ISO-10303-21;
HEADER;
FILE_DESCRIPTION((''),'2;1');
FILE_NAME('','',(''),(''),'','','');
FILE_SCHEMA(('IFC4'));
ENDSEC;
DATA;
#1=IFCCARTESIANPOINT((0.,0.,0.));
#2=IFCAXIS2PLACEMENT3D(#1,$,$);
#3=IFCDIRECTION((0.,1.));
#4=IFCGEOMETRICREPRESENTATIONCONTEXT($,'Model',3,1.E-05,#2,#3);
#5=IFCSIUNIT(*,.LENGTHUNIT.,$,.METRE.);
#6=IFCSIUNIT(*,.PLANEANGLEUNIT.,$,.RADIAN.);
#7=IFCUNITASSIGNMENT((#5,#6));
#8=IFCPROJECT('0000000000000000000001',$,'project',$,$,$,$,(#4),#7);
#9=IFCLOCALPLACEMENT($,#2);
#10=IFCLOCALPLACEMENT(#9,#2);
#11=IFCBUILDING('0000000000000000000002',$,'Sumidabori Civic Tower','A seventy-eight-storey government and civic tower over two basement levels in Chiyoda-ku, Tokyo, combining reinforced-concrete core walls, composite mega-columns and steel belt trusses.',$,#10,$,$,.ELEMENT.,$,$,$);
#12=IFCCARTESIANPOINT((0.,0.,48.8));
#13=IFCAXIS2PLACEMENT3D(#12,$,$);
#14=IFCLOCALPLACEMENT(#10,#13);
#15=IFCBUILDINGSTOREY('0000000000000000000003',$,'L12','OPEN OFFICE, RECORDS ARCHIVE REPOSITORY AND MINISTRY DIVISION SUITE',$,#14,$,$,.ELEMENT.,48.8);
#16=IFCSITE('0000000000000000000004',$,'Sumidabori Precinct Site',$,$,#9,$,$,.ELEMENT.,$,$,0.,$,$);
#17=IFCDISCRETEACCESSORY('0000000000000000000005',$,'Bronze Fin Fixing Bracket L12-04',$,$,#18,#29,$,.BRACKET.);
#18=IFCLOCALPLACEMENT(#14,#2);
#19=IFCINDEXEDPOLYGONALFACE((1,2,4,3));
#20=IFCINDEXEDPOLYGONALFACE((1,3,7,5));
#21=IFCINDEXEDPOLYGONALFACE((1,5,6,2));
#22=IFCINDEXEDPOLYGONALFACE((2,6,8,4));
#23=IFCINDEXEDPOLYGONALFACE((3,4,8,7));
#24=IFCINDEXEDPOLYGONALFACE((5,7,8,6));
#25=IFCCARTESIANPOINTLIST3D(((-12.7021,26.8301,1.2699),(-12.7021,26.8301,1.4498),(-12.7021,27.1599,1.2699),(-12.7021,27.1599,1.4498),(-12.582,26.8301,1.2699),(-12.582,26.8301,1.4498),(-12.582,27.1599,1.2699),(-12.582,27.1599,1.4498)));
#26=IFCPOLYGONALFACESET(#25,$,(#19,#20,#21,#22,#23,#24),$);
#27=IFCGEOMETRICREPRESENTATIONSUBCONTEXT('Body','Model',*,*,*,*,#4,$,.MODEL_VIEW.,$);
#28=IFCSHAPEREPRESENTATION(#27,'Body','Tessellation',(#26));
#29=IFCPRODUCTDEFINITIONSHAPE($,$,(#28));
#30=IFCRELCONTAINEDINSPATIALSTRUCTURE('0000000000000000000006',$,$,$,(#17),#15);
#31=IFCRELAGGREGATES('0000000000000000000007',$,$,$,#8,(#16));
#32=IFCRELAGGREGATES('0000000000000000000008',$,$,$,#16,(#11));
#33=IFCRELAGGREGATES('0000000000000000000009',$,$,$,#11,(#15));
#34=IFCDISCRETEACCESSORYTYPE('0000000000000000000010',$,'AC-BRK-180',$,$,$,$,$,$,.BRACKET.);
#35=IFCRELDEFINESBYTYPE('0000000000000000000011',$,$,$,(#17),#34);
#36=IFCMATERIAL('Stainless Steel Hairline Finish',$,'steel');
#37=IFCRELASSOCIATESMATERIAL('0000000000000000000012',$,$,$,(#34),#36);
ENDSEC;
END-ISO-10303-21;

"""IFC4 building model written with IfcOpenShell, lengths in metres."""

from ifc_helpers import new_model, si_unit, direction, frame, origin, origin_2d, place, context, subcontext, project, spatial, rectangle, extrude, source, transform, mapped, material, material_profile, profile_set, type_object, element, save


model = new_model("IFC4")

# Units and contexts
model_context = context("Model", 3, precision=1e-05, world=origin(), true_north=direction((0.0, 1.0)))
body_context = subcontext(model_context, "Body", "Model", "MODEL_VIEW")
ifc_project = project(units=[si_unit("LENGTHUNIT", "METRE"), si_unit("PLANEANGLEUNIT", "RADIAN")], contexts=[model_context])

# Site, building, storey
site_placement = place(None, origin())
site = spatial("IfcSite", under=ifc_project, at=site_placement, Name="Sumidabori Precinct Site", CompositionType="ELEMENT", RefElevation=0.0)
building_placement = place(site_placement, origin())
building = spatial("IfcBuilding", under=site, at=building_placement, Name="Sumidabori Civic Tower", Description="A seventy-eight-storey government and civic tower over two basement levels in Chiyoda-ku, Tokyo, combining reinforced-concrete core walls, composite mega-columns and steel belt trusses.", CompositionType="ELEMENT")
storey_placement = place(building_placement, frame((0.0, 0.0, 48.8)))
storey = spatial("IfcBuildingStorey", under=building, at=storey_placement, Name="L12", Description="OPEN OFFICE, RECORDS ARCHIVE REPOSITORY AND MINISTRY DIVISION SUITE", CompositionType="ELEMENT", Elevation=48.8)

# Shared definitions
ifc_material_1 = material(Name="Stainless Steel Hairline Finish", Category="steel")

# Discrete accessory
ifc_material_profile_1 = material_profile(ifc_material_1, rectangle(XDim=0.1201, YDim=0.1799, at=origin_2d()), Name="STEEL BRACKET 180x120")
ifc_profile_set_1 = profile_set([ifc_material_profile_1], Name="Stainless Steel Hairline Finish")
discrete_accessory_type = type_object("IfcDiscreteAccessoryType", Name="AC-BRK-180", PredefinedType="BRACKET", material=ifc_profile_set_1)
shared_shape_1 = source(origin(), body_context, "Body", "SweptSolid", [
    extrude(rectangle(XDim=0.1201, YDim=0.1799, at=origin_2d()), origin(), (0.0, 0.0, 1.0), 0.3298),
])
discrete_accessory_placement = place(storey_placement, frame((-12.6421, 26.8301, 1.3599), z_axis=(0.0, 1.0, 0.0), x_axis=(-1.0, 0.0, 0.0)))
element("IfcDiscreteAccessory", 1, at=discrete_accessory_placement, inside=storey, type_object=discrete_accessory_type, Name="Bronze Fin Fixing Bracket L12-04", PredefinedType="BRACKET", context=body_context, shape_type="MappedRepresentation", body=[
    mapped(shared_shape_1, transform((0.0, 0.0, 0.0), x_axis=(1.0, 0.0, 0.0), y_axis=(0.0, 1.0, 0.0), z_axis=(0.0, 0.0, 1.0), scale=1.0)),
])

save(model, "model.ifc")
